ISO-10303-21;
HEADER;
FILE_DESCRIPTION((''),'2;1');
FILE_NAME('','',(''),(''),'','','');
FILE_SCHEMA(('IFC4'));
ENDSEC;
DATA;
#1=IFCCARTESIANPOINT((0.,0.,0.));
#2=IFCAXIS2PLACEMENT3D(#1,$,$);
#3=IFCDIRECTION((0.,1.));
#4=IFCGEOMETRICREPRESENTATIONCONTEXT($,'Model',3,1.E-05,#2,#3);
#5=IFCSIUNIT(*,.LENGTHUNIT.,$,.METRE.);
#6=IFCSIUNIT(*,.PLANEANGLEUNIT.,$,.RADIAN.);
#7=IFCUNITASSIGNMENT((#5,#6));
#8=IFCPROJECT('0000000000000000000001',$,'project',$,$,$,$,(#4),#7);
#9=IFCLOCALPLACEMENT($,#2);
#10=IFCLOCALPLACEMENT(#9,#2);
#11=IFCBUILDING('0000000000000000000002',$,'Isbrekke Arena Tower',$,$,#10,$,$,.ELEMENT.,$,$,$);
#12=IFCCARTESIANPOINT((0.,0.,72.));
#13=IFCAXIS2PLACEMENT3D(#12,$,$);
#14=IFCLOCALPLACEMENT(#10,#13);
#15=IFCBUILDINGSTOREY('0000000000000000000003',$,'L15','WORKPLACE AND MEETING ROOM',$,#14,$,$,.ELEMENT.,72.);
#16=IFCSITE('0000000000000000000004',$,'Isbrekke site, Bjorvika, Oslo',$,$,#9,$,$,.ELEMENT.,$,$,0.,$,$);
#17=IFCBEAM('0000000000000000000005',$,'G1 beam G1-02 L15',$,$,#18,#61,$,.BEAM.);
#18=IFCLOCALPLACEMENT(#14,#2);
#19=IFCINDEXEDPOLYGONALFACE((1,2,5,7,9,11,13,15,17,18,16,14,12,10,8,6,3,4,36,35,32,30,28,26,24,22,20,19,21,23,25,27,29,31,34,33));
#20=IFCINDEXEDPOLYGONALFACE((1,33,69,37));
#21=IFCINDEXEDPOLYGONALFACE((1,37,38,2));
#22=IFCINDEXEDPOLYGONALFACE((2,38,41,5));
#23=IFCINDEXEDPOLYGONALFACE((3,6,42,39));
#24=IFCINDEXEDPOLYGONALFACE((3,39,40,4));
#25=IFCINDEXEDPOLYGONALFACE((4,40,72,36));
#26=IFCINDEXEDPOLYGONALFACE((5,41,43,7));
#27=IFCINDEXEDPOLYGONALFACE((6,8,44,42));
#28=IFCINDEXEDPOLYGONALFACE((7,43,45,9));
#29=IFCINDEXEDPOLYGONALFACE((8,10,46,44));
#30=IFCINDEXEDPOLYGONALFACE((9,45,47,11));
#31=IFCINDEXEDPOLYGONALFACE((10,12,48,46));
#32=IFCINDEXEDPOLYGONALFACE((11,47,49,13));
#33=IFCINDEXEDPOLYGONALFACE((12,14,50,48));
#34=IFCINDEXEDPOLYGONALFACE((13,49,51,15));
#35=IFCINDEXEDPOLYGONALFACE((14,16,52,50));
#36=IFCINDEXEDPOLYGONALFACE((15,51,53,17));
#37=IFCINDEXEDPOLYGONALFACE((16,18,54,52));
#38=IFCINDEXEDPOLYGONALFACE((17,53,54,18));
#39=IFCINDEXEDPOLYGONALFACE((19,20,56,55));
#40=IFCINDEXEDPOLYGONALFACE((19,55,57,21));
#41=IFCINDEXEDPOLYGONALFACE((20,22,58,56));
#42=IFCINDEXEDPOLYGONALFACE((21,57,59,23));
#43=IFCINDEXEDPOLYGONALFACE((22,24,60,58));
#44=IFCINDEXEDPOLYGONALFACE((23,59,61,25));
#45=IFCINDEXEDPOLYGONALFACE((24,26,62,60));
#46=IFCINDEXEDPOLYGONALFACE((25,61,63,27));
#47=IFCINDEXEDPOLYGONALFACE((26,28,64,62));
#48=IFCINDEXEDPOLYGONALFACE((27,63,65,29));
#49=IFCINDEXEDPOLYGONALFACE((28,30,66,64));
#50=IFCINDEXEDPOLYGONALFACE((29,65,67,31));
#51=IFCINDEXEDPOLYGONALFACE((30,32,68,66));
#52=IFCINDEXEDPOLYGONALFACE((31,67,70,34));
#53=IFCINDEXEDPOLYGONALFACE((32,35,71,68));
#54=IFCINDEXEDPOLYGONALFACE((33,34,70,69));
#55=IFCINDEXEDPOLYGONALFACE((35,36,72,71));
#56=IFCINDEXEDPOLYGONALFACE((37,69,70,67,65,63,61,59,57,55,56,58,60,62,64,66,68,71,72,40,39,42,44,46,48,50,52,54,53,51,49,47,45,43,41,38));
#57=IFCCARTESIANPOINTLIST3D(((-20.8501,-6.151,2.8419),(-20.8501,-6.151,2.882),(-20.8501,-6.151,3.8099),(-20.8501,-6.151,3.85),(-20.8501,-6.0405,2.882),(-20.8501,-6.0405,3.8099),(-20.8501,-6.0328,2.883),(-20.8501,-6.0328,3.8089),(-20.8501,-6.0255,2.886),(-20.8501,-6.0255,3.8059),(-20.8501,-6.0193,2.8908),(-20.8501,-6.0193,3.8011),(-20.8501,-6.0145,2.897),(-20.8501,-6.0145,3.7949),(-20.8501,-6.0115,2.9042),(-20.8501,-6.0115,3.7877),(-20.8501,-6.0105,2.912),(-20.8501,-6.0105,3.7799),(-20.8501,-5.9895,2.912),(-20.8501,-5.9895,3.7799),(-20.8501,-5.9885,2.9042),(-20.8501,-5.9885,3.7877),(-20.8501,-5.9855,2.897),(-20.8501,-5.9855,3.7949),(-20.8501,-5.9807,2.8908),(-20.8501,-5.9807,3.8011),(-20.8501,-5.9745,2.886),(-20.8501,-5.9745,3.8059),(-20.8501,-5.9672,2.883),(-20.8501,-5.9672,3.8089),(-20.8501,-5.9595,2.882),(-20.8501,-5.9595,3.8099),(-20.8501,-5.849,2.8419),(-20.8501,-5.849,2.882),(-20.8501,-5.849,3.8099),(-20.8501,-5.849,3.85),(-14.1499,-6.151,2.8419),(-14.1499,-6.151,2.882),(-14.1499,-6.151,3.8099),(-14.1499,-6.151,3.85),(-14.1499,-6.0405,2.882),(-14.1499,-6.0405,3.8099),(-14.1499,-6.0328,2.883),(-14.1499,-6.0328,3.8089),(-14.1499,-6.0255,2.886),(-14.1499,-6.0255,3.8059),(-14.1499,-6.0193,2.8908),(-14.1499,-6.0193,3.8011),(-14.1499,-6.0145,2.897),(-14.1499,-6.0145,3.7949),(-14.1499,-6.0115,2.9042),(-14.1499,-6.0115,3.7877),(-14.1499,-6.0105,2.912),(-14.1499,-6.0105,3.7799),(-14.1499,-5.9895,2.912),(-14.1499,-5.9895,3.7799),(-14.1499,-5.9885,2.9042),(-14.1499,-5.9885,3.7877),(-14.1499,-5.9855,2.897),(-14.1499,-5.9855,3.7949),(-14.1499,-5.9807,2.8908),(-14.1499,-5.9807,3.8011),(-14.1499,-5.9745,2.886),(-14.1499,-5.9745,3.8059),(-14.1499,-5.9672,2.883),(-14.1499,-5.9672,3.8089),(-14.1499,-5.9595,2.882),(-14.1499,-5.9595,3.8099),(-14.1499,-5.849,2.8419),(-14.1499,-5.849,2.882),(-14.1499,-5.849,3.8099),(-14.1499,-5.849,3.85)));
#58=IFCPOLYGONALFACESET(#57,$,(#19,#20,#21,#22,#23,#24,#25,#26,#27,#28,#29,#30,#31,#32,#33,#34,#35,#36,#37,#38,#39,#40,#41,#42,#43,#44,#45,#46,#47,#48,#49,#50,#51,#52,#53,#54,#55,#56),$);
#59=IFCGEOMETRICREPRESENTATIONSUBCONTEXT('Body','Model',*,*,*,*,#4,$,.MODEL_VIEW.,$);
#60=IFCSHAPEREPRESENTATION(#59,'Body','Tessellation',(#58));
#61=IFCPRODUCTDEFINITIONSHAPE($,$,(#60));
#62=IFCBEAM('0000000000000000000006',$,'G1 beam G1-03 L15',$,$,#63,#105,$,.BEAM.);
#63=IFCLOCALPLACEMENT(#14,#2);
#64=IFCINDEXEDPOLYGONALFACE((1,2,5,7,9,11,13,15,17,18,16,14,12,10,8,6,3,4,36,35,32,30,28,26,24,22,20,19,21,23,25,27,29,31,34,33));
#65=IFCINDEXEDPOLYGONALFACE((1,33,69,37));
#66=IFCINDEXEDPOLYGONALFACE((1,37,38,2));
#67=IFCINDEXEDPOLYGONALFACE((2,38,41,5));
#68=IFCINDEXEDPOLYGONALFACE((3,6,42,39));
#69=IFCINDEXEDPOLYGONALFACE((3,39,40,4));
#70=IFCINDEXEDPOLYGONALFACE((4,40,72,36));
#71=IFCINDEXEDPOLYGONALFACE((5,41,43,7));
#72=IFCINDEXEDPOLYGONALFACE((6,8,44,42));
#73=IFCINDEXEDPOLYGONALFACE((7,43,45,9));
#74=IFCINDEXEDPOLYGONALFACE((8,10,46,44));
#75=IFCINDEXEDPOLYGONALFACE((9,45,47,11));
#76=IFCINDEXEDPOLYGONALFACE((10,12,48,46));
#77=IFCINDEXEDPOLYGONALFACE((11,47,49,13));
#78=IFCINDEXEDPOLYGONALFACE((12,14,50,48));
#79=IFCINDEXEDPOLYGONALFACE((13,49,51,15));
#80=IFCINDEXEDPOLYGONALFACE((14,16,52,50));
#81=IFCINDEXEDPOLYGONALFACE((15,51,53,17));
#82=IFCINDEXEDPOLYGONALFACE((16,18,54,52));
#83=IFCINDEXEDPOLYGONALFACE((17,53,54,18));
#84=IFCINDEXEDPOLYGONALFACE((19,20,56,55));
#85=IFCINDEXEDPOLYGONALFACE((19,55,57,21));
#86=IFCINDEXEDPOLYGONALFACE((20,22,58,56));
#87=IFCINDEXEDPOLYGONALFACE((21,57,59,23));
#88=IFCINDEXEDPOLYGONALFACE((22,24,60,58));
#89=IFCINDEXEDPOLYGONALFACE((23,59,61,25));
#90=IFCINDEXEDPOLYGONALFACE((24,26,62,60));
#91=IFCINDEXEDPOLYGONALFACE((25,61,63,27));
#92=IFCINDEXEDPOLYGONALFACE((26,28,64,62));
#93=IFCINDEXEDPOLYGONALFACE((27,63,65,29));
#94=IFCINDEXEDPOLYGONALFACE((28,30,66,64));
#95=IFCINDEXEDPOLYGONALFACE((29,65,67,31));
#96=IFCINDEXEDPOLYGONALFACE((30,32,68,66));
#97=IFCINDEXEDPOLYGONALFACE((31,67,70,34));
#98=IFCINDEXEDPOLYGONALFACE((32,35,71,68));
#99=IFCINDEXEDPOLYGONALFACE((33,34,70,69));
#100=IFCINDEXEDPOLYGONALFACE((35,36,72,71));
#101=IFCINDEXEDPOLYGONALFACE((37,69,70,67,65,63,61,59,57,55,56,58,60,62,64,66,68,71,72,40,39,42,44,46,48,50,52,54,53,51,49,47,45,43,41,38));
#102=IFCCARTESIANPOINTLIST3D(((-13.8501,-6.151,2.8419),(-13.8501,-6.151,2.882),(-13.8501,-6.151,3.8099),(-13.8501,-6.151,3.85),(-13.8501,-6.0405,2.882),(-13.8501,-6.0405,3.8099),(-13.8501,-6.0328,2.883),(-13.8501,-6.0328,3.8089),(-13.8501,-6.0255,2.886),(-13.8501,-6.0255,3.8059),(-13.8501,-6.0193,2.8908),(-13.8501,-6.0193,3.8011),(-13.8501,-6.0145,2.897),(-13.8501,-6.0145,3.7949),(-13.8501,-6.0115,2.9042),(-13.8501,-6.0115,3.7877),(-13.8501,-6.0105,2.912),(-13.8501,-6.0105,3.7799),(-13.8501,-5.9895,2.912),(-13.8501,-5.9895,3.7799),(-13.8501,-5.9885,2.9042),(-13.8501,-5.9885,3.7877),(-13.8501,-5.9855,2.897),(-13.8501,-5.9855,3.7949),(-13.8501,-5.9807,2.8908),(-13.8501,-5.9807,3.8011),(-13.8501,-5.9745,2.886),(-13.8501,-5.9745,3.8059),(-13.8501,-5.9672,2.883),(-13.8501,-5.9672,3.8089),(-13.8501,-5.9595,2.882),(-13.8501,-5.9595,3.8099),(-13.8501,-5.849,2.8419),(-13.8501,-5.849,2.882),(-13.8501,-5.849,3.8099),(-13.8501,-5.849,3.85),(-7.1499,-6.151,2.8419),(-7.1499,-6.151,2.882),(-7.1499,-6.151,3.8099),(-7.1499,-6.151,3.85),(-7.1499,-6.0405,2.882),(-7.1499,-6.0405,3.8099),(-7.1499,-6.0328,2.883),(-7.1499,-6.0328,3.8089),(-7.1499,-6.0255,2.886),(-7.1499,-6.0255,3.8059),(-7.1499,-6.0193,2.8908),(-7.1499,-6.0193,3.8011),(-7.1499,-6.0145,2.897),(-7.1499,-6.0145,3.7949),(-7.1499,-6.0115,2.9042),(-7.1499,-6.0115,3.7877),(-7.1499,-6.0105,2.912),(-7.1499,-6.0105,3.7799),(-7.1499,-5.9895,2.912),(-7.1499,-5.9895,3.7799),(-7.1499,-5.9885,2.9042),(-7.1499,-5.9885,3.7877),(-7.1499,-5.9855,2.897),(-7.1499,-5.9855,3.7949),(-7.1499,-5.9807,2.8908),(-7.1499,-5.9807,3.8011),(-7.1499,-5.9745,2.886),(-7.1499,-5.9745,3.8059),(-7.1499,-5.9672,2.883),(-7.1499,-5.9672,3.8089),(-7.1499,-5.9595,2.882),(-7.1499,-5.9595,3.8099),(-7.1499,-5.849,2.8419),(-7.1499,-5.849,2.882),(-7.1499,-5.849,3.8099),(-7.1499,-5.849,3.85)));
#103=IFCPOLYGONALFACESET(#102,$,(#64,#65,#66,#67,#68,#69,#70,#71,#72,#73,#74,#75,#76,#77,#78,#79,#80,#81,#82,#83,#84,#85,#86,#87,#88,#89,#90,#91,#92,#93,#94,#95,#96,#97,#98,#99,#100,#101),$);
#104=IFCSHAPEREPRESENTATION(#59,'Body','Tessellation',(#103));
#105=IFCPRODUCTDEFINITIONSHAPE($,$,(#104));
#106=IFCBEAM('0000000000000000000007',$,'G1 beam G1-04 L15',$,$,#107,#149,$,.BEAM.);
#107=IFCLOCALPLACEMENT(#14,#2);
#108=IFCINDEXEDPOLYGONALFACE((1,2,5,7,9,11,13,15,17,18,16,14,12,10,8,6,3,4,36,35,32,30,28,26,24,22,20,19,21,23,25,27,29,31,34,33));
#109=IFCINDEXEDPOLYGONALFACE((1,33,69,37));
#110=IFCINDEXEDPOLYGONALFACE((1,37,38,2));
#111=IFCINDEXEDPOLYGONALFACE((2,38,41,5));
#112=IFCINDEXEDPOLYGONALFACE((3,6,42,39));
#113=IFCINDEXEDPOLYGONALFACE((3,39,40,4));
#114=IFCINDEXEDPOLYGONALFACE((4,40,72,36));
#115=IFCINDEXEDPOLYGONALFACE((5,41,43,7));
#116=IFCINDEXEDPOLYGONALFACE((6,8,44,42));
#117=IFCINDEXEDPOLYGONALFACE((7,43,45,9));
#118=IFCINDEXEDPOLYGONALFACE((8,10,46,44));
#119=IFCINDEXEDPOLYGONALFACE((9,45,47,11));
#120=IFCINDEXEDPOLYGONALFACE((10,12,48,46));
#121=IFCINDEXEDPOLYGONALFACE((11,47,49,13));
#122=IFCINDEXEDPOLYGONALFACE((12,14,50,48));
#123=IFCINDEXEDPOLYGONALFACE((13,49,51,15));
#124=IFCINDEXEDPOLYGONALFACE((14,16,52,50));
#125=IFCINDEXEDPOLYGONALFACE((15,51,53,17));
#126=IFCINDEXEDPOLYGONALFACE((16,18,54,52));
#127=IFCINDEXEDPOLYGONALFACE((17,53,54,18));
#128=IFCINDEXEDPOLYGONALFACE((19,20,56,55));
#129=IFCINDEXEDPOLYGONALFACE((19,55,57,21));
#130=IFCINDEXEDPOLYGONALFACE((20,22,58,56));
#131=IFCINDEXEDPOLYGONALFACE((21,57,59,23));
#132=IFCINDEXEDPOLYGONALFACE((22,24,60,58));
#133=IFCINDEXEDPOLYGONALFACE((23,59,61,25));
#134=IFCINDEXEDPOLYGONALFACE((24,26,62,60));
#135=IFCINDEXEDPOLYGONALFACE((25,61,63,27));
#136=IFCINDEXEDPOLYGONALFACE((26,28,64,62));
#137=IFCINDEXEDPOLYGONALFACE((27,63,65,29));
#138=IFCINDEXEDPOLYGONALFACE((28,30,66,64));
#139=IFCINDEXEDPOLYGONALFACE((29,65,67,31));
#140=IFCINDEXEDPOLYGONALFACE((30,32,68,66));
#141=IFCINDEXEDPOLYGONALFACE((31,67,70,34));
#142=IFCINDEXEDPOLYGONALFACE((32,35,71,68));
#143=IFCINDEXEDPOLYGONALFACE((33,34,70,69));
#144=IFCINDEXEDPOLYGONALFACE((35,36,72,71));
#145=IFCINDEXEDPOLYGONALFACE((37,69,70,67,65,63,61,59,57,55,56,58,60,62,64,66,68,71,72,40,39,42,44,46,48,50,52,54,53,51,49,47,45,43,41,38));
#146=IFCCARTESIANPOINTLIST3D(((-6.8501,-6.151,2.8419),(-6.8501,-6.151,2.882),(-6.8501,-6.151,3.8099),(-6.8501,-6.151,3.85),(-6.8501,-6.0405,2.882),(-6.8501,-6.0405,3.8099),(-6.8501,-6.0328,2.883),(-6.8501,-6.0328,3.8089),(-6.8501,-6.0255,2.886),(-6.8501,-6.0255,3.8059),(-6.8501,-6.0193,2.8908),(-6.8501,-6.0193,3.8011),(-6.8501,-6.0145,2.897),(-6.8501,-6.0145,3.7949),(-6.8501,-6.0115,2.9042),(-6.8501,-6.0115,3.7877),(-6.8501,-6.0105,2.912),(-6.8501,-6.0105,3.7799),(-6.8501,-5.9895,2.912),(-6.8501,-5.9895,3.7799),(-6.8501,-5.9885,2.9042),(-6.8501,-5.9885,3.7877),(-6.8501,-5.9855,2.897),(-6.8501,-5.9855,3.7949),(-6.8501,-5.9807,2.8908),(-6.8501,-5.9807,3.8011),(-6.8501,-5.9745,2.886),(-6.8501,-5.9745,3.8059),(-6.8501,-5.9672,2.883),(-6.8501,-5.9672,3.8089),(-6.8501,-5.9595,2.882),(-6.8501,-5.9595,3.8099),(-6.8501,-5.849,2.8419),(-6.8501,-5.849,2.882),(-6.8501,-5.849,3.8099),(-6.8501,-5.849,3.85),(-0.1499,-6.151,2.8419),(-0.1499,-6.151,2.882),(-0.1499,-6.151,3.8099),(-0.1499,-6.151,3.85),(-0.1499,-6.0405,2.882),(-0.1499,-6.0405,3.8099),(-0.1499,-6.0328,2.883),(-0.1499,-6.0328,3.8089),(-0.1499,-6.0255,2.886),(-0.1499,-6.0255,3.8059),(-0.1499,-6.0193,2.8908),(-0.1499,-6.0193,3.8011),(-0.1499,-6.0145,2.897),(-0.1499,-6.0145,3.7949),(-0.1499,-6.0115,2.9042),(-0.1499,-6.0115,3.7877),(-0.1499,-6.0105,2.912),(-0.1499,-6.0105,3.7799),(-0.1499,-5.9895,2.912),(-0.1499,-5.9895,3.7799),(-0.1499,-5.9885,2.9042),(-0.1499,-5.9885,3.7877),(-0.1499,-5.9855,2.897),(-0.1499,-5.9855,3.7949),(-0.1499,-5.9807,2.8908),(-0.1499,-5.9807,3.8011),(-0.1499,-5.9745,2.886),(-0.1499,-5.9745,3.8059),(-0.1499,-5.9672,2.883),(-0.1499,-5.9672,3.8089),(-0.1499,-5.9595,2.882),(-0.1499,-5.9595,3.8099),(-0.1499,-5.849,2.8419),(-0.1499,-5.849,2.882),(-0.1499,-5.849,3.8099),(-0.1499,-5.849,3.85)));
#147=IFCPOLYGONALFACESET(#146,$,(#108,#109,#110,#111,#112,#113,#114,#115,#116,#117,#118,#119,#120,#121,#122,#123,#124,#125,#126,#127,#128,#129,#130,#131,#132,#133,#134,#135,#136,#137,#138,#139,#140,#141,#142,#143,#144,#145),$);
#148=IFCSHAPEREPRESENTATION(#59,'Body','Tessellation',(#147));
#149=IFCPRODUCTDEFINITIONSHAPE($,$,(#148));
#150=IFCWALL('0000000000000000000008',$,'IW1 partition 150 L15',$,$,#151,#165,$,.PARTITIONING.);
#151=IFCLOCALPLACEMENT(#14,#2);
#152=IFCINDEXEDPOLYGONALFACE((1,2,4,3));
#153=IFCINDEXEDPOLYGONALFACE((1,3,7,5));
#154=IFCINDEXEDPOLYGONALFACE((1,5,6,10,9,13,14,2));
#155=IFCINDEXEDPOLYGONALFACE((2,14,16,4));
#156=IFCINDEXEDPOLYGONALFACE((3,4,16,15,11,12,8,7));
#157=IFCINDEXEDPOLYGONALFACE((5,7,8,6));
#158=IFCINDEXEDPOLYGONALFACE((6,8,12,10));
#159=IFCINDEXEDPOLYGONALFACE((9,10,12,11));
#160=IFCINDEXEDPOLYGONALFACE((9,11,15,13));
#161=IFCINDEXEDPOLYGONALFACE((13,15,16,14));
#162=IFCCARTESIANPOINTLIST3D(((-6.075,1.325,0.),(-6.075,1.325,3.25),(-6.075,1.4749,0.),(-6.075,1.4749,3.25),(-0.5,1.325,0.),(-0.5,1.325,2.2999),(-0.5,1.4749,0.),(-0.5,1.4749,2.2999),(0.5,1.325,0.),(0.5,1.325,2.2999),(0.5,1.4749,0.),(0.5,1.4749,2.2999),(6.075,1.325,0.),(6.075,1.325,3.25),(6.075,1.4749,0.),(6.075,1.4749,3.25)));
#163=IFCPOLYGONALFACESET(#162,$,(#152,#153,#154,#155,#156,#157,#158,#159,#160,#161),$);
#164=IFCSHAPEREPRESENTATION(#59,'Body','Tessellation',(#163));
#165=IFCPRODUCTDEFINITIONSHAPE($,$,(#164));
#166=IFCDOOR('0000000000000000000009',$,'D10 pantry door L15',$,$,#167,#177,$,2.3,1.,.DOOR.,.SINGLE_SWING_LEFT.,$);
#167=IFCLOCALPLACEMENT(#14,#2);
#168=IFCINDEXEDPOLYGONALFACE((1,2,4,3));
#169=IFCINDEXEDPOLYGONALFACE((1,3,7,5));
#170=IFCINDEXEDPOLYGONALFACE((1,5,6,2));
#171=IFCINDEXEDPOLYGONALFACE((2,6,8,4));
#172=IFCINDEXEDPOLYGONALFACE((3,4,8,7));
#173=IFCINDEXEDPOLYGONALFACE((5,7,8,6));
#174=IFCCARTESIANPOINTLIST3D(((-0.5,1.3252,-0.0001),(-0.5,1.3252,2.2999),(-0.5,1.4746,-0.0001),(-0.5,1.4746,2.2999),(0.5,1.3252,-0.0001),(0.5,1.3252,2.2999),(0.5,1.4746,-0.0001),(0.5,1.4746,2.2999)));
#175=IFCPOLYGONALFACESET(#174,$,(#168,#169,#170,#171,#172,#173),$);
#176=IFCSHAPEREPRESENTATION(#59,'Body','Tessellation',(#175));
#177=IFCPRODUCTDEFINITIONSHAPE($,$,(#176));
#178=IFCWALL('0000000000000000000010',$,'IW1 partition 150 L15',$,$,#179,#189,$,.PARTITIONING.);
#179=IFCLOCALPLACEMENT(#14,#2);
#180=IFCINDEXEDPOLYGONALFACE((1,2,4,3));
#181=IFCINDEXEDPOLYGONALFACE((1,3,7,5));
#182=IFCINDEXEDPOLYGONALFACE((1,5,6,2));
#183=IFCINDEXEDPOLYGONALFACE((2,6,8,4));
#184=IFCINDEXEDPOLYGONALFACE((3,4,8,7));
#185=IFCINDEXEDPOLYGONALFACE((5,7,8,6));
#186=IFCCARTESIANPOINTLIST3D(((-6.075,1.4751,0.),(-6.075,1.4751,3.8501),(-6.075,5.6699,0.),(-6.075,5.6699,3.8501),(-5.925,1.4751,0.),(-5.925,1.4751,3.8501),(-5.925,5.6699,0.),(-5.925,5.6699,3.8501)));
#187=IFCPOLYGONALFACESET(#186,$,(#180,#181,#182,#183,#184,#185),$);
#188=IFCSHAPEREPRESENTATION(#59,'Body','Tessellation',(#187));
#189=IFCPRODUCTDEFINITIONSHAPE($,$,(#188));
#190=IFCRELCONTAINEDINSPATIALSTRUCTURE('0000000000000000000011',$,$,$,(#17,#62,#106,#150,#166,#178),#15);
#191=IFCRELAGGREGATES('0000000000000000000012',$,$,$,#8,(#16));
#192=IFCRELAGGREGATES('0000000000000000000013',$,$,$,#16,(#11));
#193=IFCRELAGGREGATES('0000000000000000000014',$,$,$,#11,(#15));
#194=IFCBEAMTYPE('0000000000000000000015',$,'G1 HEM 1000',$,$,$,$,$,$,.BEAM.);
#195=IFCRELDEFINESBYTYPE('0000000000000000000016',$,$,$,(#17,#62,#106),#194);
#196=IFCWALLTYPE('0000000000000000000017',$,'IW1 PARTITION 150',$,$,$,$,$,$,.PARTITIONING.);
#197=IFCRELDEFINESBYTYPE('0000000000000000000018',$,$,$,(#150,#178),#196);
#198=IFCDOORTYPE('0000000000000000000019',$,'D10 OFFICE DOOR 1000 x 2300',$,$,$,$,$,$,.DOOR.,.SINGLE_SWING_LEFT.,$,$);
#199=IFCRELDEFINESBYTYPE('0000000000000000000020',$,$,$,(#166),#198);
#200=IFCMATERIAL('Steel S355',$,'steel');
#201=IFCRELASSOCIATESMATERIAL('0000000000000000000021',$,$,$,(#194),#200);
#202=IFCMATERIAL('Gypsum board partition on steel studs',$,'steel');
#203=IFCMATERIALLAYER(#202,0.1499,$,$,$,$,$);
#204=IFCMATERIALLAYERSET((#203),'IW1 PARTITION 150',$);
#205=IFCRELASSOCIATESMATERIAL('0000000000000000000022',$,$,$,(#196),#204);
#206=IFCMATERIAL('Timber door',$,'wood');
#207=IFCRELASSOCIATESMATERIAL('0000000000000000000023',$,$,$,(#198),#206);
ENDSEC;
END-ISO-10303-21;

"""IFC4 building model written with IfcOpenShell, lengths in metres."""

from ifc_helpers import new_model, si_unit, direction, frame, frame_2d, origin, origin_2d, place, context, subcontext, project, spatial, rectangle, i_section, extrude, material, layer, layer_set, material_profile, profile_set, type_object, element, fill, save


model = new_model("IFC4")

# Units and contexts
model_context = context("Model", 3, precision=1e-05, world=origin(), true_north=direction((0.0, 1.0)))
body_context = subcontext(model_context, "Body", "Model", "MODEL_VIEW")
ifc_project = project(units=[si_unit("LENGTHUNIT", "METRE"), si_unit("PLANEANGLEUNIT", "RADIAN")], contexts=[model_context])

# Site, building, storey
site_placement = place(None, origin())
site = spatial("IfcSite", under=ifc_project, at=site_placement, Name="Isbrekke site, Bjorvika, Oslo", CompositionType="ELEMENT", RefElevation=0.0)
building_placement = place(site_placement, origin())
building = spatial("IfcBuilding", under=site, at=building_placement, Name="Isbrekke Arena Tower", CompositionType="ELEMENT")
storey_placement = place(building_placement, frame((0.0, 0.0, 72.0)))
storey = spatial("IfcBuildingStorey", under=building, at=storey_placement, Name="L15", Description="WORKPLACE AND MEETING ROOM", CompositionType="ELEMENT", Elevation=72.0)

# Beams
ifc_material_1 = material(Name="Steel S355", Category="steel")
ifc_material_profile_1 = material_profile(ifc_material_1, i_section(OverallWidth=0.302, OverallDepth=1.0081, WebThickness=0.021, FlangeThickness=0.04, FilletRadius=0.03, at=origin_2d()), Name="HEM 1000")
ifc_profile_set_1 = profile_set([ifc_material_profile_1], Name="Steel S355")
beam_type_1 = type_object("IfcBeamType", Name="G1 HEM 1000", PredefinedType="BEAM", material=ifc_profile_set_1)
for number, where, z_axis, x_axis, name in (
    (1, (-20.8501, -6.0, 3.3459), (1.0, 0.0, 0.0), (0.0, 1.0, 0.0), "G1 beam G1-02 L15"),
    (2, (-13.8501, -6.0, 3.3459), (1.0, 0.0, 0.0), (0.0, 1.0, 0.0), "G1 beam G1-03 L15"),
    (3, (-6.8501, -6.0, 3.3459), (1.0, 0.0, 0.0), (0.0, 1.0, 0.0), "G1 beam G1-04 L15"),
):
    element("IfcBeam", number, at=place(storey_placement, frame(where, z_axis=z_axis, x_axis=x_axis)), inside=storey, type_object=beam_type_1, Name=name, PredefinedType="BEAM", context=body_context, shape_type="SweptSolid", body=[
        extrude(i_section(OverallWidth=0.302, OverallDepth=1.0081, WebThickness=0.021, FlangeThickness=0.04, FilletRadius=0.03, at=origin_2d()), origin(), (0.0, 0.0, 1.0), 6.7002),
    ])

# Wall, opening, door
ifc_material_2 = material(Name="Gypsum board partition on steel studs", Category="steel")
ifc_layer_1 = layer(ifc_material_2, 0.1499)
ifc_layer_set_1 = layer_set([ifc_layer_1], Name="IW1 PARTITION 150")
wall_type_1 = type_object("IfcWallType", Name="IW1 PARTITION 150", PredefinedType="PARTITIONING", material=ifc_layer_set_1)
wall_1_placement = place(storey_placement, frame((-6.075, 1.3999, 0.0), z_axis=(0.0, 0.0, 1.0), x_axis=(1.0, 0.0, 0.0)))
wall_1 = element("IfcWall", 4, at=wall_1_placement, inside=storey, type_object=wall_type_1, Name="IW1 partition 150 L15", PredefinedType="PARTITIONING", context=body_context, shape_type="SweptSolid", body=[
    extrude(rectangle(XDim=12.1499, YDim=0.1499, at=frame_2d((6.075, 0.0))), origin(), (0.0, 0.0, 1.0), 3.25),
])
opening_1_placement = place(wall_1_placement, frame((5.575, 0.0, 0.0)))
opening_1 = element("IfcOpeningElement", 5, at=opening_1_placement, cuts=wall_1, PredefinedType="OPENING", context=body_context, shape_type="SweptSolid", body=[
    extrude(rectangle(XDim=1.0, YDim=2.3, at=frame_2d((0.5, 1.1499))), frame((0.0, 0.0898, 0.0), z_axis=(0.0, -1.0, 0.0), x_axis=(1.0, 0.0, 0.0)), (0.0, 0.0, 1.0), 0.1797),
])
ifc_material_3 = material(Name="Timber door", Category="wood")
door_type_1 = type_object("IfcDoorType", Name="D10 OFFICE DOOR 1000 x 2300", OperationType="SINGLE_SWING_LEFT", PredefinedType="DOOR", material=ifc_material_3)
door_1_placement = place(opening_1_placement, origin())
door_1 = element("IfcDoor", 6, at=door_1_placement, inside=storey, type_object=door_type_1, Name="D10 pantry door L15", OperationType="SINGLE_SWING_LEFT", OverallHeight=2.3, OverallWidth=1.0, PredefinedType="DOOR", context=body_context, shape_type="SweptSolid", body=[
    extrude(rectangle(XDim=1.0, YDim=2.3, at=frame_2d((0.5, 1.1499))), frame((0.0, 0.0747, 0.0), z_axis=(0.0, -1.0, 0.0), x_axis=(1.0, 0.0, 0.0)), (0.0, 0.0, 1.0), 0.1494),
])
fill(opening_1, door_1)

# Wall
wall_2_placement = place(storey_placement, frame((-6.0, 1.4751, 0.0), z_axis=(0.0, 0.0, 1.0), x_axis=(0.0, 1.0, 0.0)))
element("IfcWall", 7, at=wall_2_placement, inside=storey, type_object=wall_type_1, Name="IW1 partition 150 L15", PredefinedType="PARTITIONING", context=body_context, shape_type="SweptSolid", body=[
    extrude(rectangle(XDim=4.1948, YDim=0.1499, at=frame_2d((2.0974, 0.0))), origin(), (0.0, 0.0, 1.0), 3.8501),
])

save(model, "model.ifc")
